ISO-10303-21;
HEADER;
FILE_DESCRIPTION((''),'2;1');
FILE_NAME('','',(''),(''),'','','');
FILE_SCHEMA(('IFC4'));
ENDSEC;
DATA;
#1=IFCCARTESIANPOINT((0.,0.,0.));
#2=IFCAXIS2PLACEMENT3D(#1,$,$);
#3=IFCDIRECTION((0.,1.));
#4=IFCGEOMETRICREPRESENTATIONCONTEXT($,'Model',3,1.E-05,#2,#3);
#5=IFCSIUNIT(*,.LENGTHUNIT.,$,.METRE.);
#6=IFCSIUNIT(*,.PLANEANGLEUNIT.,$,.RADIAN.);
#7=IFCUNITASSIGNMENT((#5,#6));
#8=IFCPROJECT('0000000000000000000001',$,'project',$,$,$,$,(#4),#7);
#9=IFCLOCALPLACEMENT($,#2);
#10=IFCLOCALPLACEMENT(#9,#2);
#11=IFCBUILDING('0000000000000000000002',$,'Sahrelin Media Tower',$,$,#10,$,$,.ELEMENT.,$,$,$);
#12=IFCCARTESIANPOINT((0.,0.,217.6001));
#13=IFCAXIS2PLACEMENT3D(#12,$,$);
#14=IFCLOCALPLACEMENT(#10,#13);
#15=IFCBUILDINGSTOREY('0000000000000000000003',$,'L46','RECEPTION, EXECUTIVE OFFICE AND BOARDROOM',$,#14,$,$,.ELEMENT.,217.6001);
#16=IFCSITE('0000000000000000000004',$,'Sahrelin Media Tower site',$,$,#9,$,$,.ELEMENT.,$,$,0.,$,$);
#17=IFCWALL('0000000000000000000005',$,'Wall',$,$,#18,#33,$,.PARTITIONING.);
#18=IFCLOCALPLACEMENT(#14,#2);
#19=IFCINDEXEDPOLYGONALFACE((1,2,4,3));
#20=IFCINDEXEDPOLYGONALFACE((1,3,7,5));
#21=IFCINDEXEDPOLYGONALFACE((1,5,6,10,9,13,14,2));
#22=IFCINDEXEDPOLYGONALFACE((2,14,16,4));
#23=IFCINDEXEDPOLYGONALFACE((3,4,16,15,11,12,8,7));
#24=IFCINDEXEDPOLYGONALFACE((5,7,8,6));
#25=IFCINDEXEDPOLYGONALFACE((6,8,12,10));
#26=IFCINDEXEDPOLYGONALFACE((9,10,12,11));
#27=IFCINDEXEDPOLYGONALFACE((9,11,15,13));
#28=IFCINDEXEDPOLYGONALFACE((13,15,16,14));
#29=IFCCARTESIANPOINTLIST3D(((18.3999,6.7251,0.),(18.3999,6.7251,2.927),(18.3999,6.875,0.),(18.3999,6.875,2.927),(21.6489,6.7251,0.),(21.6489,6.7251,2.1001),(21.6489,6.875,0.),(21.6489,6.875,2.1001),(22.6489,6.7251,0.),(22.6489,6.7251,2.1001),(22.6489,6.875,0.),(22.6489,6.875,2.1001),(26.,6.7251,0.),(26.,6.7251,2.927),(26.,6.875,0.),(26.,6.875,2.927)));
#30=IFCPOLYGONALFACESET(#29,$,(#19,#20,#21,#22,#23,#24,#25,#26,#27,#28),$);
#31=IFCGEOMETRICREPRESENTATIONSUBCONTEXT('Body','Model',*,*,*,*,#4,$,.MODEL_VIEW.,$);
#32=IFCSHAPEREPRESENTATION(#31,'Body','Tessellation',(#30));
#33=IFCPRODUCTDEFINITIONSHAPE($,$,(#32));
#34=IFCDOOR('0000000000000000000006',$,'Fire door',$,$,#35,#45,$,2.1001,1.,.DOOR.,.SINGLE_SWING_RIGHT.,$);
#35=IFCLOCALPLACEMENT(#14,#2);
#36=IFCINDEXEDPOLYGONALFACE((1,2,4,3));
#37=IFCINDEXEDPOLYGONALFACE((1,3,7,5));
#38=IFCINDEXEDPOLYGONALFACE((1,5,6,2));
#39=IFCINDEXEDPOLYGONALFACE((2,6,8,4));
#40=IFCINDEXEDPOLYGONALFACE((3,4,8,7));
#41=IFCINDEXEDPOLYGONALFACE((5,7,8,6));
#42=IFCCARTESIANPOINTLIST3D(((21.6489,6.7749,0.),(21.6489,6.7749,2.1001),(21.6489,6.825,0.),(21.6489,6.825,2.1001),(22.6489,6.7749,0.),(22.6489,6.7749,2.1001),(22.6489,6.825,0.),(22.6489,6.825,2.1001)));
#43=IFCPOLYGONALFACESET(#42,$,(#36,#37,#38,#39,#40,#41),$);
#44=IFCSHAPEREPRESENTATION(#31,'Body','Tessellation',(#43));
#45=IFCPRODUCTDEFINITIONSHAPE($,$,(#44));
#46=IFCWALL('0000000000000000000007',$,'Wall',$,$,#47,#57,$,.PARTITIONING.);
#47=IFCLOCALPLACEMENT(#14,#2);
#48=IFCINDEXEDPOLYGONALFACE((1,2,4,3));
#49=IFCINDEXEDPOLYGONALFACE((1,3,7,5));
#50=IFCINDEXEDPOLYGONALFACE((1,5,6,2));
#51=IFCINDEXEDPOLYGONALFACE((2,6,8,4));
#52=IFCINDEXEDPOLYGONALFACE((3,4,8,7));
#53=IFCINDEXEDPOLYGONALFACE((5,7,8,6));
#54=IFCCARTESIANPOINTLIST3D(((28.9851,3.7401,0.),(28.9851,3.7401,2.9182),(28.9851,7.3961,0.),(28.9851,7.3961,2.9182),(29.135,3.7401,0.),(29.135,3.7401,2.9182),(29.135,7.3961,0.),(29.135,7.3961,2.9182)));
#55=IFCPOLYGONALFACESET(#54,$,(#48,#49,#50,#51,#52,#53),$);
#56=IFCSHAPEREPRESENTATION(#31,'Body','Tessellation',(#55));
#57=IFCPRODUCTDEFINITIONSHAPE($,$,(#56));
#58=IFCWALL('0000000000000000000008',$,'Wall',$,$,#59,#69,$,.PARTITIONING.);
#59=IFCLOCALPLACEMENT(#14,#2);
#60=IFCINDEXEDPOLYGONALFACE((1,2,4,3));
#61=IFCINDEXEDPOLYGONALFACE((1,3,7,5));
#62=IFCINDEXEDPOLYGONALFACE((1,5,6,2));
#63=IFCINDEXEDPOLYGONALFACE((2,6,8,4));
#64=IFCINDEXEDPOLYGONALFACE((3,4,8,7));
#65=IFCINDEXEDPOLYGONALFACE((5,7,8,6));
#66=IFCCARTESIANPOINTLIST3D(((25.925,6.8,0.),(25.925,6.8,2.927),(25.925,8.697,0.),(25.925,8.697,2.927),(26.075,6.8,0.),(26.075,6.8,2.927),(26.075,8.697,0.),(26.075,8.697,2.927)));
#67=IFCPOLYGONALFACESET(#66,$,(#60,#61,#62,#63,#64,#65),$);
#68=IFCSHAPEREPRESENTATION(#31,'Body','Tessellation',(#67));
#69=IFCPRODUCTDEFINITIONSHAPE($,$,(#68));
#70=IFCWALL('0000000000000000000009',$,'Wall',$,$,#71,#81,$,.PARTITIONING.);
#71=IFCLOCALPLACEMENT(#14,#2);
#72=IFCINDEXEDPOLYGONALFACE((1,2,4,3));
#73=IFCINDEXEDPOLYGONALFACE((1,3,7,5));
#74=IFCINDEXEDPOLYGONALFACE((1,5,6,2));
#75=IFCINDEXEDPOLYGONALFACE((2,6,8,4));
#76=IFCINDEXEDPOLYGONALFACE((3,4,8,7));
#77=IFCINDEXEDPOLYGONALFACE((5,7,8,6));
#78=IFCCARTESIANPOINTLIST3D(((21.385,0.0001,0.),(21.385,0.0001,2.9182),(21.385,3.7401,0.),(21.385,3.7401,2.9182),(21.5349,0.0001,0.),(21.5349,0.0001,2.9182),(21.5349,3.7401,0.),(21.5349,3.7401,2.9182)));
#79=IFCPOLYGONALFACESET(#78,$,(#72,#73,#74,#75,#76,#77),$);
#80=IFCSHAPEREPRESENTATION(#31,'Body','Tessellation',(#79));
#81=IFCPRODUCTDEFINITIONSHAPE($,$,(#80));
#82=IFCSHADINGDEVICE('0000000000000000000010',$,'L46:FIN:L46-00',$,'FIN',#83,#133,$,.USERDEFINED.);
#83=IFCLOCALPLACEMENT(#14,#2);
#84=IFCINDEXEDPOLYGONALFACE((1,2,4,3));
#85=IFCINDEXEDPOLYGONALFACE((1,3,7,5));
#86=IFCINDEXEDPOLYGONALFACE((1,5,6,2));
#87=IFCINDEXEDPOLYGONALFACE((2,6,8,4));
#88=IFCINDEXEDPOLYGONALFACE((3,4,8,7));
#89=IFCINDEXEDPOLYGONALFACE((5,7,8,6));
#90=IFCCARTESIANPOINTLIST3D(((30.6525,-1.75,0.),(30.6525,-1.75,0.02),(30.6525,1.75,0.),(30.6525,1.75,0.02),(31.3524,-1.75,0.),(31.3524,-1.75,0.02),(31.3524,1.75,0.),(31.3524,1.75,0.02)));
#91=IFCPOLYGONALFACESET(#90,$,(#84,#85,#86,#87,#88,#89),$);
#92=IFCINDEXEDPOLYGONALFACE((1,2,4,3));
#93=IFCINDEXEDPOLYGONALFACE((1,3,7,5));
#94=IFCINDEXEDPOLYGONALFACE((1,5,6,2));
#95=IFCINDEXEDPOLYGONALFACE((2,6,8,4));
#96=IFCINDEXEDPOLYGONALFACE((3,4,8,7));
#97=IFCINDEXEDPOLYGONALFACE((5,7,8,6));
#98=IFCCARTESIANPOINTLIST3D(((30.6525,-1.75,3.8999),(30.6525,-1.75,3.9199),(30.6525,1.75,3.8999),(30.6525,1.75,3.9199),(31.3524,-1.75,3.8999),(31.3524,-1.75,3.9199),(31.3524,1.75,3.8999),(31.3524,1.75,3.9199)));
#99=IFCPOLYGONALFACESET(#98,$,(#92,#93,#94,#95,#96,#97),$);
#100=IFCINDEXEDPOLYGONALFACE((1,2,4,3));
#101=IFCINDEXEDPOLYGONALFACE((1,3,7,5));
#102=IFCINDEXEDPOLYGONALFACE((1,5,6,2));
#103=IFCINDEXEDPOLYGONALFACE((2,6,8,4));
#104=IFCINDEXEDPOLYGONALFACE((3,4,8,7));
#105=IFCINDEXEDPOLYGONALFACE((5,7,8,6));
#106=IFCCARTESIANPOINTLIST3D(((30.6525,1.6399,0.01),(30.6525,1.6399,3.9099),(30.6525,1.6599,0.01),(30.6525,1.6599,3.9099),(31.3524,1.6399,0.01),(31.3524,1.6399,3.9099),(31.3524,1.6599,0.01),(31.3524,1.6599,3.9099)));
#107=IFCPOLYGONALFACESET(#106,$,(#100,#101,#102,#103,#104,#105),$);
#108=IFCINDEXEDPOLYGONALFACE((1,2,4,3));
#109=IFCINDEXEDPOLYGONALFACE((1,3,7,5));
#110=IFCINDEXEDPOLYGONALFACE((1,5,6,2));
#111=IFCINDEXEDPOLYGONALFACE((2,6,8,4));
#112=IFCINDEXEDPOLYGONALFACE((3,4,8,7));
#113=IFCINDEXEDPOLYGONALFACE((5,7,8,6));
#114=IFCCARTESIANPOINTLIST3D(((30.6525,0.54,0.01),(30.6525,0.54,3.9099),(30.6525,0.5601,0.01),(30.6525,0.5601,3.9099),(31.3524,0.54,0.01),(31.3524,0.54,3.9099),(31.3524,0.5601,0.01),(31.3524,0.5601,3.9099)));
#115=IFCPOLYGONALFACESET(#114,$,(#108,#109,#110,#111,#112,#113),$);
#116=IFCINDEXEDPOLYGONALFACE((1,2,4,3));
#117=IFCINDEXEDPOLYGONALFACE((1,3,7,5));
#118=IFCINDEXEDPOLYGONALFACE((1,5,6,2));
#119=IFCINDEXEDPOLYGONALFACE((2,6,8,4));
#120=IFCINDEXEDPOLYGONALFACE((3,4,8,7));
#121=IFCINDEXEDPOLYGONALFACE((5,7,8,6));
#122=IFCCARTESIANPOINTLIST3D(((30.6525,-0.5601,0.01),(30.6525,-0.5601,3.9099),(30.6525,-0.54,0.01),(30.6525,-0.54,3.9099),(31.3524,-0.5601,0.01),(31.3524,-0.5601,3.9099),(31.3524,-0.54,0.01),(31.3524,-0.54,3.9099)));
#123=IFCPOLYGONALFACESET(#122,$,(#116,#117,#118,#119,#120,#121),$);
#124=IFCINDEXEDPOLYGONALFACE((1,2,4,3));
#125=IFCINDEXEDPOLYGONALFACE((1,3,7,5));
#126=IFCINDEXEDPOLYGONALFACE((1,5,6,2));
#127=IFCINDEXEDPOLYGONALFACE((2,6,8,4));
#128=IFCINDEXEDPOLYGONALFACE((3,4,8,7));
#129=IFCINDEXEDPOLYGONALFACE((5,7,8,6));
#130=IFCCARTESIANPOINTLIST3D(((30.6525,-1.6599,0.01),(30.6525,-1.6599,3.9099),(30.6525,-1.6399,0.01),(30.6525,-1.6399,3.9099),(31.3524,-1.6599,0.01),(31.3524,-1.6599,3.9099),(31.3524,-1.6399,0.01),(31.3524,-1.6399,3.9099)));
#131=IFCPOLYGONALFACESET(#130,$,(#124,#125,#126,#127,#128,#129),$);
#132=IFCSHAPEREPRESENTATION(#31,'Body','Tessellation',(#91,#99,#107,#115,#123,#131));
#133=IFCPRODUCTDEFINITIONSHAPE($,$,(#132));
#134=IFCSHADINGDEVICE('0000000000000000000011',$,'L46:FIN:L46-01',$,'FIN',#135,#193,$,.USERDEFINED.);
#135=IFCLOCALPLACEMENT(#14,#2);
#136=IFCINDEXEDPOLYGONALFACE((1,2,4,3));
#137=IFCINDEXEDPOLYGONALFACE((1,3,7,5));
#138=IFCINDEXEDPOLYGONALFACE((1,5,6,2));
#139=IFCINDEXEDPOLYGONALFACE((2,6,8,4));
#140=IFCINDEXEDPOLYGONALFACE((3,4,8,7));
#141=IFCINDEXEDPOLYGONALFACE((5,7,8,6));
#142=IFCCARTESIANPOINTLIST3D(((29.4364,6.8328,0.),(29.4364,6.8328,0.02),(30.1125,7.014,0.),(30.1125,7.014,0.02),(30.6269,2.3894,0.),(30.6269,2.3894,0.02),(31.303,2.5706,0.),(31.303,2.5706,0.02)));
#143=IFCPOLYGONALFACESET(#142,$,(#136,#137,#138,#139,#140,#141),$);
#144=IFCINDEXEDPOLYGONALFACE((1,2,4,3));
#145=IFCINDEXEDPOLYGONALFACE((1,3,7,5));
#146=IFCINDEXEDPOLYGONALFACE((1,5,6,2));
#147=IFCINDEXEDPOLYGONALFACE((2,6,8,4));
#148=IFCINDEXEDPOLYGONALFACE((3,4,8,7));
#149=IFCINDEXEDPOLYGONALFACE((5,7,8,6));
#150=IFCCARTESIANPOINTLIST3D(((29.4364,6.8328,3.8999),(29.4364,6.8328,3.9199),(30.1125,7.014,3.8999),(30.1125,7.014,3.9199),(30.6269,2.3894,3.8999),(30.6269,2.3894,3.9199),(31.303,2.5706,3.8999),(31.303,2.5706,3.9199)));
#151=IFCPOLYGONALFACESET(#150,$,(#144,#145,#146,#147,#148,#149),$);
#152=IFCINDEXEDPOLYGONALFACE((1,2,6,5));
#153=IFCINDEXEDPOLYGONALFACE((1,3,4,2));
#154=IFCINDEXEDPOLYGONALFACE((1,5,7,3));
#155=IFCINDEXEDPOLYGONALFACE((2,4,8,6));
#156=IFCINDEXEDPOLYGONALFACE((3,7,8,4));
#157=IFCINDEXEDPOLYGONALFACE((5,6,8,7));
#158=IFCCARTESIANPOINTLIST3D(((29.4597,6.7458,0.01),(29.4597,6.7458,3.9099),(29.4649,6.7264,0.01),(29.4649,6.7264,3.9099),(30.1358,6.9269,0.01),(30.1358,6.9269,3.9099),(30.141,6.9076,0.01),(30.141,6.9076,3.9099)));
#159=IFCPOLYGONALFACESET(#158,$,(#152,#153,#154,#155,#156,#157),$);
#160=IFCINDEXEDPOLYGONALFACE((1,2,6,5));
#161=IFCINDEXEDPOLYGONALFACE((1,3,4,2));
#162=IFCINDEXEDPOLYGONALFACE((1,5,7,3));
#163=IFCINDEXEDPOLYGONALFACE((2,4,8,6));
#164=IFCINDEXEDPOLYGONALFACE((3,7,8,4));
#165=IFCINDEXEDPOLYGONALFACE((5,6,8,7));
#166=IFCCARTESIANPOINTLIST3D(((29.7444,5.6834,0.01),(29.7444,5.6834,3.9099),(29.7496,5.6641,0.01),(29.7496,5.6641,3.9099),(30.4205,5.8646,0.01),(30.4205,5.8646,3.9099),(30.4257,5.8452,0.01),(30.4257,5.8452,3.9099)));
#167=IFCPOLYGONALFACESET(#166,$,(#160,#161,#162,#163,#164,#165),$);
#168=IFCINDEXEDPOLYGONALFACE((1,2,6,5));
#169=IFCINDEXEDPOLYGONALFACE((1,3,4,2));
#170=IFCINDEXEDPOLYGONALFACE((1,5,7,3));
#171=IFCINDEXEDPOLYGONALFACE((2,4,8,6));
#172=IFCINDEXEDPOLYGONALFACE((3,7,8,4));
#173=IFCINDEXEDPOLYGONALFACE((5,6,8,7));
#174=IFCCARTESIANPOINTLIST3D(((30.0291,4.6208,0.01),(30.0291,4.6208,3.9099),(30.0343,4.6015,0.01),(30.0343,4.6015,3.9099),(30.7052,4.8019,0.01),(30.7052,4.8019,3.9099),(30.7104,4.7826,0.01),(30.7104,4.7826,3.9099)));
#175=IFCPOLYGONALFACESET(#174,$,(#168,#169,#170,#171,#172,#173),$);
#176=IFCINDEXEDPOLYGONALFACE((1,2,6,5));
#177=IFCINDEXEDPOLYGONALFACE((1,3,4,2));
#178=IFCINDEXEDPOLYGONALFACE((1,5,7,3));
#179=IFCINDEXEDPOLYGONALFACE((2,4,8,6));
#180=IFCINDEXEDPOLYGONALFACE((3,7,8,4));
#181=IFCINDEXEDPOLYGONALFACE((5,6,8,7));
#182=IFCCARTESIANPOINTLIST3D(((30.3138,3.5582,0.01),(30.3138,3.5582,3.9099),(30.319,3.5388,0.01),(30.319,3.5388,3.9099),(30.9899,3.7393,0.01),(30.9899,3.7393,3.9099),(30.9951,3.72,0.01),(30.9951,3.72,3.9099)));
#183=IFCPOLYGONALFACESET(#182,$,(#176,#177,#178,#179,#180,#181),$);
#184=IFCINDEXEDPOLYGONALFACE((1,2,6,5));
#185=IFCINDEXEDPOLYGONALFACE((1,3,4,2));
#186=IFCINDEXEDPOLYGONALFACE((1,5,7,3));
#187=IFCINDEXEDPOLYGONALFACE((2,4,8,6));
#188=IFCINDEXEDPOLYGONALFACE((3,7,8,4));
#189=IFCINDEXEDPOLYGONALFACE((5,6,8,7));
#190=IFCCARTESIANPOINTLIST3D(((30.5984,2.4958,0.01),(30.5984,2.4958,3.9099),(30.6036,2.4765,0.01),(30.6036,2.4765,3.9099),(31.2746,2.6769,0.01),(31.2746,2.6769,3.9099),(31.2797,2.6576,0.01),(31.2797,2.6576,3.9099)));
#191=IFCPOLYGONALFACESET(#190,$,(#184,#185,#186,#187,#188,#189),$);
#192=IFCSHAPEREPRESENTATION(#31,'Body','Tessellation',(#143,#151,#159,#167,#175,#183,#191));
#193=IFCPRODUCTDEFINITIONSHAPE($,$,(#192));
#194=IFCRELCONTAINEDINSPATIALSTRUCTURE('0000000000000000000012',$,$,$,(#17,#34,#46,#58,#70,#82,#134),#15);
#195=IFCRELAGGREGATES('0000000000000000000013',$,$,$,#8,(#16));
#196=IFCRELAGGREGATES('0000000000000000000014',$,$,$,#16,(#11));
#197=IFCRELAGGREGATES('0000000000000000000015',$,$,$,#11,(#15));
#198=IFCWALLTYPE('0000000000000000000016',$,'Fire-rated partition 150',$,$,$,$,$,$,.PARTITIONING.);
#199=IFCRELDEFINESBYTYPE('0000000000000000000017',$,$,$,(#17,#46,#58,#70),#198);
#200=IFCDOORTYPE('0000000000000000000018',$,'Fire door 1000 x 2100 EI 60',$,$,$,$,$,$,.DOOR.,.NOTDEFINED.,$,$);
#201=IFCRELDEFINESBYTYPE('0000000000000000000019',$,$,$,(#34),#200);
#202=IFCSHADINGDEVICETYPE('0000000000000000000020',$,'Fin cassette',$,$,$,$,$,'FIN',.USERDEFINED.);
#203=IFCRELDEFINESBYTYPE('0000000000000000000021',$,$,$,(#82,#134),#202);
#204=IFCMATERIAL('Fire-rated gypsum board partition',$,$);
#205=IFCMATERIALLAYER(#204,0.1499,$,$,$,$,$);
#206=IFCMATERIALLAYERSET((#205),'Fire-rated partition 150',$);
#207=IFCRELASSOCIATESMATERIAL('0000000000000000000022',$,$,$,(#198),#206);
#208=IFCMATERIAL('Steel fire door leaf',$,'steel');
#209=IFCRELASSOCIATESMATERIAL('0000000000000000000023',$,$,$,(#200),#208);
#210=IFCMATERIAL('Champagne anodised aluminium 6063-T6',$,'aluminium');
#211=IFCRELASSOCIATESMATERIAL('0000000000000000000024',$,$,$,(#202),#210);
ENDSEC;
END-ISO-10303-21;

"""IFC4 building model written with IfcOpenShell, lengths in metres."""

from ifc_helpers import new_model, si_unit, direction, frame, frame_2d, origin, origin_2d, place, context, subcontext, project, spatial, rectangle, extrude, material, layer, layer_set, type_object, element, fill, save


model = new_model("IFC4")

# Units and contexts
model_context = context("Model", 3, precision=1e-05, world=origin(), true_north=direction((0.0, 1.0)))
body_context = subcontext(model_context, "Body", "Model", "MODEL_VIEW")
ifc_project = project(units=[si_unit("LENGTHUNIT", "METRE"), si_unit("PLANEANGLEUNIT", "RADIAN")], contexts=[model_context])

# Site, building, storey
site_placement = place(None, origin())
site = spatial("IfcSite", under=ifc_project, at=site_placement, Name="Sahrelin Media Tower site", CompositionType="ELEMENT", RefElevation=0.0)
building_placement = place(site_placement, origin())
building = spatial("IfcBuilding", under=site, at=building_placement, Name="Sahrelin Media Tower", CompositionType="ELEMENT")
storey_placement = place(building_placement, frame((0.0, 0.0, 217.6001)))
storey = spatial("IfcBuildingStorey", under=building, at=storey_placement, Name="L46", Description="RECEPTION, EXECUTIVE OFFICE AND BOARDROOM", CompositionType="ELEMENT", Elevation=217.6001)

# Shared definitions
ifc_material_1 = material(Name="Champagne anodised aluminium 6063-T6", Category="aluminium")

# Shared definitions
ifc_material_2 = material(Name="Fire-rated gypsum board partition")
ifc_layer_1 = layer(ifc_material_2, 0.1499)
ifc_layer_set_1 = layer_set([ifc_layer_1], Name="Fire-rated partition 150")
wall_type = type_object("IfcWallType", Name="Fire-rated partition 150", PredefinedType="PARTITIONING", material=ifc_layer_set_1)

# Wall, opening, door
wall_1_placement = place(storey_placement, frame((18.3999, 6.8, 0.0), z_axis=(0.0, 0.0, 1.0), x_axis=(1.0, 0.0, 0.0)))
wall_1 = element("IfcWall", 1, at=wall_1_placement, inside=storey, type_object=wall_type, Name="Wall", PredefinedType="PARTITIONING", context=body_context, shape_type="SweptSolid", body=[
    extrude(rectangle(XDim=7.6001, YDim=0.1499, at=frame_2d((3.8, 0.0))), origin(), (0.0, 0.0, 1.0), 2.927),
])
opening_placement = place(wall_1_placement, frame((3.249, 0.0, 0.0)))
opening = element("IfcOpeningElement", 2, at=opening_placement, cuts=wall_1, PredefinedType="OPENING", context=body_context, shape_type="SweptSolid", body=[
    extrude(rectangle(XDim=1.0, YDim=2.1001, at=frame_2d((0.5, 1.05))), frame((0.0, 0.075, 0.0), z_axis=(0.0, -1.0, 0.0), x_axis=(1.0, 0.0, 0.0)), (0.0, 0.0, 1.0), 0.1499),
])
ifc_material_3 = material(Name="Steel fire door leaf", Category="steel")
door_type = type_object("IfcDoorType", Name="Fire door 1000 x 2100 EI 60", OperationType="NOTDEFINED", PredefinedType="DOOR", material=ifc_material_3)
door_placement = place(opening_placement, origin())
door = element("IfcDoor", 3, at=door_placement, inside=storey, type_object=door_type, Name="Fire door", OperationType="SINGLE_SWING_RIGHT", OverallHeight=2.1001, OverallWidth=1.0, PredefinedType="DOOR", context=body_context, shape_type="SweptSolid", body=[
    extrude(rectangle(XDim=1.0, YDim=2.1001, at=frame_2d((0.5, 1.05))), frame((0.0, 0.0249, 0.0), z_axis=(0.0, -1.0, 0.0), x_axis=(1.0, 0.0, 0.0)), (0.0, 0.0, 1.0), 0.05),
])
fill(opening, door)

# Walls
wall_2_placement = place(storey_placement, frame((29.0601, 3.74, 0.0), z_axis=(0.0, 0.0, 1.0), x_axis=(0.0, 1.0, 0.0)))
element("IfcWall", 4, at=wall_2_placement, inside=storey, type_object=wall_type, Name="Wall", PredefinedType="PARTITIONING", context=body_context, shape_type="SweptSolid", body=[
    extrude(rectangle(XDim=3.656, YDim=0.1499, at=frame_2d((1.8281, 0.0))), origin(), (0.0, 0.0, 1.0), 2.9182),
])
wall_3_placement = place(storey_placement, frame((26.0, 6.8, 0.0), z_axis=(0.0, 0.0, 1.0), x_axis=(0.0, 1.0, 0.0)))
element("IfcWall", 5, at=wall_3_placement, inside=storey, type_object=wall_type, Name="Wall", PredefinedType="PARTITIONING", context=body_context, shape_type="SweptSolid", body=[
    extrude(rectangle(XDim=1.897, YDim=0.1499, at=frame_2d((0.9485, 0.0))), origin(), (0.0, 0.0, 1.0), 2.927),
])
wall_4_placement = place(storey_placement, frame((21.46, 0.0, 0.0), z_axis=(0.0, 0.0, 1.0), x_axis=(0.0, 1.0, 0.0)))
element("IfcWall", 6, at=wall_4_placement, inside=storey, type_object=wall_type, Name="Wall", PredefinedType="PARTITIONING", context=body_context, shape_type="SweptSolid", body=[
    extrude(rectangle(XDim=3.74, YDim=0.1499, at=frame_2d((1.8701, 0.0))), origin(), (0.0, 0.0, 1.0), 2.9182),
])

# Shading devices
shading_device_type_1 = type_object("IfcShadingDeviceType", Name="Fin cassette", ElementType="FIN", PredefinedType="USERDEFINED", material=ifc_material_1)
placement_1 = place(storey_placement, frame((30.5825, 0.0, 0.0), z_axis=(0.0, 0.0, 1.0), x_axis=(0.0, -1.0, 0.0)))
element("IfcShadingDevice", 7, at=placement_1, inside=storey, type_object=shading_device_type_1, Name="L46:FIN:L46-00", ObjectType="FIN", PredefinedType="USERDEFINED", context=body_context, shape_type="SweptSolid", body=[
    extrude(rectangle(XDim=3.5, YDim=0.7, at=origin_2d()), frame((0.0, 0.4199, 0.0)), (0.0, 0.0, 1.0), 0.02),
    extrude(rectangle(XDim=3.5, YDim=0.7, at=origin_2d()), frame((0.0, 0.4199, 3.8999)), (0.0, 0.0, 1.0), 0.02),
    extrude(rectangle(XDim=0.02, YDim=0.7, at=origin_2d()), frame((-1.6499, 0.4199, 0.01), z_axis=(0.0, 0.0, 1.0), x_axis=(1.0, 0.0, 0.0)), (0.0, 0.0, 1.0), 3.8999),
    extrude(rectangle(XDim=0.02, YDim=0.7, at=origin_2d()), frame((-0.55, 0.4199, 0.01), z_axis=(0.0, 0.0, 1.0), x_axis=(1.0, 0.0, 0.0)), (0.0, 0.0, 1.0), 3.8999),
    extrude(rectangle(XDim=0.02, YDim=0.7, at=origin_2d()), frame((0.55, 0.4199, 0.01), z_axis=(0.0, 0.0, 1.0), x_axis=(1.0, 0.0, 0.0)), (0.0, 0.0, 1.0), 3.8999),
    extrude(rectangle(XDim=0.02, YDim=0.7, at=origin_2d()), frame((1.6499, 0.4199, 0.01), z_axis=(0.0, 0.0, 1.0), x_axis=(1.0, 0.0, 0.0)), (0.0, 0.0, 1.0), 3.8999),
])
placement_2 = place(storey_placement, frame((29.9641, 4.593, 0.0), z_axis=(0.0, 0.0, 1.0), x_axis=(0.258808, -0.965929, 0.0)))
element("IfcShadingDevice", 8, at=placement_2, inside=storey, type_object=shading_device_type_1, Name="L46:FIN:L46-01", ObjectType="FIN", PredefinedType="USERDEFINED", context=body_context, shape_type="SweptSolid", body=[
    extrude(rectangle(XDim=4.6001, YDim=0.7, at=origin_2d()), frame((0.0, 0.4199, 0.0)), (0.0, 0.0, 1.0), 0.02),
    extrude(rectangle(XDim=4.6001, YDim=0.7, at=origin_2d()), frame((0.0, 0.4199, 3.8999)), (0.0, 0.0, 1.0), 0.02),
    extrude(rectangle(XDim=0.02, YDim=0.7, at=origin_2d()), frame((-2.2, 0.4199, 0.01), z_axis=(0.0, 0.0, 1.0), x_axis=(1.0, 0.0, 0.0)), (0.0, 0.0, 1.0), 3.8999),
    extrude(rectangle(XDim=0.02, YDim=0.7, at=origin_2d()), frame((-1.1001, 0.4199, 0.01), z_axis=(0.0, 0.0, 1.0), x_axis=(1.0, 0.0, 0.0)), (0.0, 0.0, 1.0), 3.8999),
    extrude(rectangle(XDim=0.02, YDim=0.7, at=origin_2d()), frame((0.0, 0.4199, 0.01), z_axis=(0.0, 0.0, 1.0), x_axis=(1.0, 0.0, 0.0)), (0.0, 0.0, 1.0), 3.8999),
    extrude(rectangle(XDim=0.02, YDim=0.7, at=origin_2d()), frame((1.1001, 0.4199, 0.01), z_axis=(0.0, 0.0, 1.0), x_axis=(1.0, 0.0, 0.0)), (0.0, 0.0, 1.0), 3.8999),
    extrude(rectangle(XDim=0.02, YDim=0.7, at=origin_2d()), frame((2.2, 0.4199, 0.01), z_axis=(0.0, 0.0, 1.0), x_axis=(1.0, 0.0, 0.0)), (0.0, 0.0, 1.0), 3.8999),
])

save(model, "model.ifc")
